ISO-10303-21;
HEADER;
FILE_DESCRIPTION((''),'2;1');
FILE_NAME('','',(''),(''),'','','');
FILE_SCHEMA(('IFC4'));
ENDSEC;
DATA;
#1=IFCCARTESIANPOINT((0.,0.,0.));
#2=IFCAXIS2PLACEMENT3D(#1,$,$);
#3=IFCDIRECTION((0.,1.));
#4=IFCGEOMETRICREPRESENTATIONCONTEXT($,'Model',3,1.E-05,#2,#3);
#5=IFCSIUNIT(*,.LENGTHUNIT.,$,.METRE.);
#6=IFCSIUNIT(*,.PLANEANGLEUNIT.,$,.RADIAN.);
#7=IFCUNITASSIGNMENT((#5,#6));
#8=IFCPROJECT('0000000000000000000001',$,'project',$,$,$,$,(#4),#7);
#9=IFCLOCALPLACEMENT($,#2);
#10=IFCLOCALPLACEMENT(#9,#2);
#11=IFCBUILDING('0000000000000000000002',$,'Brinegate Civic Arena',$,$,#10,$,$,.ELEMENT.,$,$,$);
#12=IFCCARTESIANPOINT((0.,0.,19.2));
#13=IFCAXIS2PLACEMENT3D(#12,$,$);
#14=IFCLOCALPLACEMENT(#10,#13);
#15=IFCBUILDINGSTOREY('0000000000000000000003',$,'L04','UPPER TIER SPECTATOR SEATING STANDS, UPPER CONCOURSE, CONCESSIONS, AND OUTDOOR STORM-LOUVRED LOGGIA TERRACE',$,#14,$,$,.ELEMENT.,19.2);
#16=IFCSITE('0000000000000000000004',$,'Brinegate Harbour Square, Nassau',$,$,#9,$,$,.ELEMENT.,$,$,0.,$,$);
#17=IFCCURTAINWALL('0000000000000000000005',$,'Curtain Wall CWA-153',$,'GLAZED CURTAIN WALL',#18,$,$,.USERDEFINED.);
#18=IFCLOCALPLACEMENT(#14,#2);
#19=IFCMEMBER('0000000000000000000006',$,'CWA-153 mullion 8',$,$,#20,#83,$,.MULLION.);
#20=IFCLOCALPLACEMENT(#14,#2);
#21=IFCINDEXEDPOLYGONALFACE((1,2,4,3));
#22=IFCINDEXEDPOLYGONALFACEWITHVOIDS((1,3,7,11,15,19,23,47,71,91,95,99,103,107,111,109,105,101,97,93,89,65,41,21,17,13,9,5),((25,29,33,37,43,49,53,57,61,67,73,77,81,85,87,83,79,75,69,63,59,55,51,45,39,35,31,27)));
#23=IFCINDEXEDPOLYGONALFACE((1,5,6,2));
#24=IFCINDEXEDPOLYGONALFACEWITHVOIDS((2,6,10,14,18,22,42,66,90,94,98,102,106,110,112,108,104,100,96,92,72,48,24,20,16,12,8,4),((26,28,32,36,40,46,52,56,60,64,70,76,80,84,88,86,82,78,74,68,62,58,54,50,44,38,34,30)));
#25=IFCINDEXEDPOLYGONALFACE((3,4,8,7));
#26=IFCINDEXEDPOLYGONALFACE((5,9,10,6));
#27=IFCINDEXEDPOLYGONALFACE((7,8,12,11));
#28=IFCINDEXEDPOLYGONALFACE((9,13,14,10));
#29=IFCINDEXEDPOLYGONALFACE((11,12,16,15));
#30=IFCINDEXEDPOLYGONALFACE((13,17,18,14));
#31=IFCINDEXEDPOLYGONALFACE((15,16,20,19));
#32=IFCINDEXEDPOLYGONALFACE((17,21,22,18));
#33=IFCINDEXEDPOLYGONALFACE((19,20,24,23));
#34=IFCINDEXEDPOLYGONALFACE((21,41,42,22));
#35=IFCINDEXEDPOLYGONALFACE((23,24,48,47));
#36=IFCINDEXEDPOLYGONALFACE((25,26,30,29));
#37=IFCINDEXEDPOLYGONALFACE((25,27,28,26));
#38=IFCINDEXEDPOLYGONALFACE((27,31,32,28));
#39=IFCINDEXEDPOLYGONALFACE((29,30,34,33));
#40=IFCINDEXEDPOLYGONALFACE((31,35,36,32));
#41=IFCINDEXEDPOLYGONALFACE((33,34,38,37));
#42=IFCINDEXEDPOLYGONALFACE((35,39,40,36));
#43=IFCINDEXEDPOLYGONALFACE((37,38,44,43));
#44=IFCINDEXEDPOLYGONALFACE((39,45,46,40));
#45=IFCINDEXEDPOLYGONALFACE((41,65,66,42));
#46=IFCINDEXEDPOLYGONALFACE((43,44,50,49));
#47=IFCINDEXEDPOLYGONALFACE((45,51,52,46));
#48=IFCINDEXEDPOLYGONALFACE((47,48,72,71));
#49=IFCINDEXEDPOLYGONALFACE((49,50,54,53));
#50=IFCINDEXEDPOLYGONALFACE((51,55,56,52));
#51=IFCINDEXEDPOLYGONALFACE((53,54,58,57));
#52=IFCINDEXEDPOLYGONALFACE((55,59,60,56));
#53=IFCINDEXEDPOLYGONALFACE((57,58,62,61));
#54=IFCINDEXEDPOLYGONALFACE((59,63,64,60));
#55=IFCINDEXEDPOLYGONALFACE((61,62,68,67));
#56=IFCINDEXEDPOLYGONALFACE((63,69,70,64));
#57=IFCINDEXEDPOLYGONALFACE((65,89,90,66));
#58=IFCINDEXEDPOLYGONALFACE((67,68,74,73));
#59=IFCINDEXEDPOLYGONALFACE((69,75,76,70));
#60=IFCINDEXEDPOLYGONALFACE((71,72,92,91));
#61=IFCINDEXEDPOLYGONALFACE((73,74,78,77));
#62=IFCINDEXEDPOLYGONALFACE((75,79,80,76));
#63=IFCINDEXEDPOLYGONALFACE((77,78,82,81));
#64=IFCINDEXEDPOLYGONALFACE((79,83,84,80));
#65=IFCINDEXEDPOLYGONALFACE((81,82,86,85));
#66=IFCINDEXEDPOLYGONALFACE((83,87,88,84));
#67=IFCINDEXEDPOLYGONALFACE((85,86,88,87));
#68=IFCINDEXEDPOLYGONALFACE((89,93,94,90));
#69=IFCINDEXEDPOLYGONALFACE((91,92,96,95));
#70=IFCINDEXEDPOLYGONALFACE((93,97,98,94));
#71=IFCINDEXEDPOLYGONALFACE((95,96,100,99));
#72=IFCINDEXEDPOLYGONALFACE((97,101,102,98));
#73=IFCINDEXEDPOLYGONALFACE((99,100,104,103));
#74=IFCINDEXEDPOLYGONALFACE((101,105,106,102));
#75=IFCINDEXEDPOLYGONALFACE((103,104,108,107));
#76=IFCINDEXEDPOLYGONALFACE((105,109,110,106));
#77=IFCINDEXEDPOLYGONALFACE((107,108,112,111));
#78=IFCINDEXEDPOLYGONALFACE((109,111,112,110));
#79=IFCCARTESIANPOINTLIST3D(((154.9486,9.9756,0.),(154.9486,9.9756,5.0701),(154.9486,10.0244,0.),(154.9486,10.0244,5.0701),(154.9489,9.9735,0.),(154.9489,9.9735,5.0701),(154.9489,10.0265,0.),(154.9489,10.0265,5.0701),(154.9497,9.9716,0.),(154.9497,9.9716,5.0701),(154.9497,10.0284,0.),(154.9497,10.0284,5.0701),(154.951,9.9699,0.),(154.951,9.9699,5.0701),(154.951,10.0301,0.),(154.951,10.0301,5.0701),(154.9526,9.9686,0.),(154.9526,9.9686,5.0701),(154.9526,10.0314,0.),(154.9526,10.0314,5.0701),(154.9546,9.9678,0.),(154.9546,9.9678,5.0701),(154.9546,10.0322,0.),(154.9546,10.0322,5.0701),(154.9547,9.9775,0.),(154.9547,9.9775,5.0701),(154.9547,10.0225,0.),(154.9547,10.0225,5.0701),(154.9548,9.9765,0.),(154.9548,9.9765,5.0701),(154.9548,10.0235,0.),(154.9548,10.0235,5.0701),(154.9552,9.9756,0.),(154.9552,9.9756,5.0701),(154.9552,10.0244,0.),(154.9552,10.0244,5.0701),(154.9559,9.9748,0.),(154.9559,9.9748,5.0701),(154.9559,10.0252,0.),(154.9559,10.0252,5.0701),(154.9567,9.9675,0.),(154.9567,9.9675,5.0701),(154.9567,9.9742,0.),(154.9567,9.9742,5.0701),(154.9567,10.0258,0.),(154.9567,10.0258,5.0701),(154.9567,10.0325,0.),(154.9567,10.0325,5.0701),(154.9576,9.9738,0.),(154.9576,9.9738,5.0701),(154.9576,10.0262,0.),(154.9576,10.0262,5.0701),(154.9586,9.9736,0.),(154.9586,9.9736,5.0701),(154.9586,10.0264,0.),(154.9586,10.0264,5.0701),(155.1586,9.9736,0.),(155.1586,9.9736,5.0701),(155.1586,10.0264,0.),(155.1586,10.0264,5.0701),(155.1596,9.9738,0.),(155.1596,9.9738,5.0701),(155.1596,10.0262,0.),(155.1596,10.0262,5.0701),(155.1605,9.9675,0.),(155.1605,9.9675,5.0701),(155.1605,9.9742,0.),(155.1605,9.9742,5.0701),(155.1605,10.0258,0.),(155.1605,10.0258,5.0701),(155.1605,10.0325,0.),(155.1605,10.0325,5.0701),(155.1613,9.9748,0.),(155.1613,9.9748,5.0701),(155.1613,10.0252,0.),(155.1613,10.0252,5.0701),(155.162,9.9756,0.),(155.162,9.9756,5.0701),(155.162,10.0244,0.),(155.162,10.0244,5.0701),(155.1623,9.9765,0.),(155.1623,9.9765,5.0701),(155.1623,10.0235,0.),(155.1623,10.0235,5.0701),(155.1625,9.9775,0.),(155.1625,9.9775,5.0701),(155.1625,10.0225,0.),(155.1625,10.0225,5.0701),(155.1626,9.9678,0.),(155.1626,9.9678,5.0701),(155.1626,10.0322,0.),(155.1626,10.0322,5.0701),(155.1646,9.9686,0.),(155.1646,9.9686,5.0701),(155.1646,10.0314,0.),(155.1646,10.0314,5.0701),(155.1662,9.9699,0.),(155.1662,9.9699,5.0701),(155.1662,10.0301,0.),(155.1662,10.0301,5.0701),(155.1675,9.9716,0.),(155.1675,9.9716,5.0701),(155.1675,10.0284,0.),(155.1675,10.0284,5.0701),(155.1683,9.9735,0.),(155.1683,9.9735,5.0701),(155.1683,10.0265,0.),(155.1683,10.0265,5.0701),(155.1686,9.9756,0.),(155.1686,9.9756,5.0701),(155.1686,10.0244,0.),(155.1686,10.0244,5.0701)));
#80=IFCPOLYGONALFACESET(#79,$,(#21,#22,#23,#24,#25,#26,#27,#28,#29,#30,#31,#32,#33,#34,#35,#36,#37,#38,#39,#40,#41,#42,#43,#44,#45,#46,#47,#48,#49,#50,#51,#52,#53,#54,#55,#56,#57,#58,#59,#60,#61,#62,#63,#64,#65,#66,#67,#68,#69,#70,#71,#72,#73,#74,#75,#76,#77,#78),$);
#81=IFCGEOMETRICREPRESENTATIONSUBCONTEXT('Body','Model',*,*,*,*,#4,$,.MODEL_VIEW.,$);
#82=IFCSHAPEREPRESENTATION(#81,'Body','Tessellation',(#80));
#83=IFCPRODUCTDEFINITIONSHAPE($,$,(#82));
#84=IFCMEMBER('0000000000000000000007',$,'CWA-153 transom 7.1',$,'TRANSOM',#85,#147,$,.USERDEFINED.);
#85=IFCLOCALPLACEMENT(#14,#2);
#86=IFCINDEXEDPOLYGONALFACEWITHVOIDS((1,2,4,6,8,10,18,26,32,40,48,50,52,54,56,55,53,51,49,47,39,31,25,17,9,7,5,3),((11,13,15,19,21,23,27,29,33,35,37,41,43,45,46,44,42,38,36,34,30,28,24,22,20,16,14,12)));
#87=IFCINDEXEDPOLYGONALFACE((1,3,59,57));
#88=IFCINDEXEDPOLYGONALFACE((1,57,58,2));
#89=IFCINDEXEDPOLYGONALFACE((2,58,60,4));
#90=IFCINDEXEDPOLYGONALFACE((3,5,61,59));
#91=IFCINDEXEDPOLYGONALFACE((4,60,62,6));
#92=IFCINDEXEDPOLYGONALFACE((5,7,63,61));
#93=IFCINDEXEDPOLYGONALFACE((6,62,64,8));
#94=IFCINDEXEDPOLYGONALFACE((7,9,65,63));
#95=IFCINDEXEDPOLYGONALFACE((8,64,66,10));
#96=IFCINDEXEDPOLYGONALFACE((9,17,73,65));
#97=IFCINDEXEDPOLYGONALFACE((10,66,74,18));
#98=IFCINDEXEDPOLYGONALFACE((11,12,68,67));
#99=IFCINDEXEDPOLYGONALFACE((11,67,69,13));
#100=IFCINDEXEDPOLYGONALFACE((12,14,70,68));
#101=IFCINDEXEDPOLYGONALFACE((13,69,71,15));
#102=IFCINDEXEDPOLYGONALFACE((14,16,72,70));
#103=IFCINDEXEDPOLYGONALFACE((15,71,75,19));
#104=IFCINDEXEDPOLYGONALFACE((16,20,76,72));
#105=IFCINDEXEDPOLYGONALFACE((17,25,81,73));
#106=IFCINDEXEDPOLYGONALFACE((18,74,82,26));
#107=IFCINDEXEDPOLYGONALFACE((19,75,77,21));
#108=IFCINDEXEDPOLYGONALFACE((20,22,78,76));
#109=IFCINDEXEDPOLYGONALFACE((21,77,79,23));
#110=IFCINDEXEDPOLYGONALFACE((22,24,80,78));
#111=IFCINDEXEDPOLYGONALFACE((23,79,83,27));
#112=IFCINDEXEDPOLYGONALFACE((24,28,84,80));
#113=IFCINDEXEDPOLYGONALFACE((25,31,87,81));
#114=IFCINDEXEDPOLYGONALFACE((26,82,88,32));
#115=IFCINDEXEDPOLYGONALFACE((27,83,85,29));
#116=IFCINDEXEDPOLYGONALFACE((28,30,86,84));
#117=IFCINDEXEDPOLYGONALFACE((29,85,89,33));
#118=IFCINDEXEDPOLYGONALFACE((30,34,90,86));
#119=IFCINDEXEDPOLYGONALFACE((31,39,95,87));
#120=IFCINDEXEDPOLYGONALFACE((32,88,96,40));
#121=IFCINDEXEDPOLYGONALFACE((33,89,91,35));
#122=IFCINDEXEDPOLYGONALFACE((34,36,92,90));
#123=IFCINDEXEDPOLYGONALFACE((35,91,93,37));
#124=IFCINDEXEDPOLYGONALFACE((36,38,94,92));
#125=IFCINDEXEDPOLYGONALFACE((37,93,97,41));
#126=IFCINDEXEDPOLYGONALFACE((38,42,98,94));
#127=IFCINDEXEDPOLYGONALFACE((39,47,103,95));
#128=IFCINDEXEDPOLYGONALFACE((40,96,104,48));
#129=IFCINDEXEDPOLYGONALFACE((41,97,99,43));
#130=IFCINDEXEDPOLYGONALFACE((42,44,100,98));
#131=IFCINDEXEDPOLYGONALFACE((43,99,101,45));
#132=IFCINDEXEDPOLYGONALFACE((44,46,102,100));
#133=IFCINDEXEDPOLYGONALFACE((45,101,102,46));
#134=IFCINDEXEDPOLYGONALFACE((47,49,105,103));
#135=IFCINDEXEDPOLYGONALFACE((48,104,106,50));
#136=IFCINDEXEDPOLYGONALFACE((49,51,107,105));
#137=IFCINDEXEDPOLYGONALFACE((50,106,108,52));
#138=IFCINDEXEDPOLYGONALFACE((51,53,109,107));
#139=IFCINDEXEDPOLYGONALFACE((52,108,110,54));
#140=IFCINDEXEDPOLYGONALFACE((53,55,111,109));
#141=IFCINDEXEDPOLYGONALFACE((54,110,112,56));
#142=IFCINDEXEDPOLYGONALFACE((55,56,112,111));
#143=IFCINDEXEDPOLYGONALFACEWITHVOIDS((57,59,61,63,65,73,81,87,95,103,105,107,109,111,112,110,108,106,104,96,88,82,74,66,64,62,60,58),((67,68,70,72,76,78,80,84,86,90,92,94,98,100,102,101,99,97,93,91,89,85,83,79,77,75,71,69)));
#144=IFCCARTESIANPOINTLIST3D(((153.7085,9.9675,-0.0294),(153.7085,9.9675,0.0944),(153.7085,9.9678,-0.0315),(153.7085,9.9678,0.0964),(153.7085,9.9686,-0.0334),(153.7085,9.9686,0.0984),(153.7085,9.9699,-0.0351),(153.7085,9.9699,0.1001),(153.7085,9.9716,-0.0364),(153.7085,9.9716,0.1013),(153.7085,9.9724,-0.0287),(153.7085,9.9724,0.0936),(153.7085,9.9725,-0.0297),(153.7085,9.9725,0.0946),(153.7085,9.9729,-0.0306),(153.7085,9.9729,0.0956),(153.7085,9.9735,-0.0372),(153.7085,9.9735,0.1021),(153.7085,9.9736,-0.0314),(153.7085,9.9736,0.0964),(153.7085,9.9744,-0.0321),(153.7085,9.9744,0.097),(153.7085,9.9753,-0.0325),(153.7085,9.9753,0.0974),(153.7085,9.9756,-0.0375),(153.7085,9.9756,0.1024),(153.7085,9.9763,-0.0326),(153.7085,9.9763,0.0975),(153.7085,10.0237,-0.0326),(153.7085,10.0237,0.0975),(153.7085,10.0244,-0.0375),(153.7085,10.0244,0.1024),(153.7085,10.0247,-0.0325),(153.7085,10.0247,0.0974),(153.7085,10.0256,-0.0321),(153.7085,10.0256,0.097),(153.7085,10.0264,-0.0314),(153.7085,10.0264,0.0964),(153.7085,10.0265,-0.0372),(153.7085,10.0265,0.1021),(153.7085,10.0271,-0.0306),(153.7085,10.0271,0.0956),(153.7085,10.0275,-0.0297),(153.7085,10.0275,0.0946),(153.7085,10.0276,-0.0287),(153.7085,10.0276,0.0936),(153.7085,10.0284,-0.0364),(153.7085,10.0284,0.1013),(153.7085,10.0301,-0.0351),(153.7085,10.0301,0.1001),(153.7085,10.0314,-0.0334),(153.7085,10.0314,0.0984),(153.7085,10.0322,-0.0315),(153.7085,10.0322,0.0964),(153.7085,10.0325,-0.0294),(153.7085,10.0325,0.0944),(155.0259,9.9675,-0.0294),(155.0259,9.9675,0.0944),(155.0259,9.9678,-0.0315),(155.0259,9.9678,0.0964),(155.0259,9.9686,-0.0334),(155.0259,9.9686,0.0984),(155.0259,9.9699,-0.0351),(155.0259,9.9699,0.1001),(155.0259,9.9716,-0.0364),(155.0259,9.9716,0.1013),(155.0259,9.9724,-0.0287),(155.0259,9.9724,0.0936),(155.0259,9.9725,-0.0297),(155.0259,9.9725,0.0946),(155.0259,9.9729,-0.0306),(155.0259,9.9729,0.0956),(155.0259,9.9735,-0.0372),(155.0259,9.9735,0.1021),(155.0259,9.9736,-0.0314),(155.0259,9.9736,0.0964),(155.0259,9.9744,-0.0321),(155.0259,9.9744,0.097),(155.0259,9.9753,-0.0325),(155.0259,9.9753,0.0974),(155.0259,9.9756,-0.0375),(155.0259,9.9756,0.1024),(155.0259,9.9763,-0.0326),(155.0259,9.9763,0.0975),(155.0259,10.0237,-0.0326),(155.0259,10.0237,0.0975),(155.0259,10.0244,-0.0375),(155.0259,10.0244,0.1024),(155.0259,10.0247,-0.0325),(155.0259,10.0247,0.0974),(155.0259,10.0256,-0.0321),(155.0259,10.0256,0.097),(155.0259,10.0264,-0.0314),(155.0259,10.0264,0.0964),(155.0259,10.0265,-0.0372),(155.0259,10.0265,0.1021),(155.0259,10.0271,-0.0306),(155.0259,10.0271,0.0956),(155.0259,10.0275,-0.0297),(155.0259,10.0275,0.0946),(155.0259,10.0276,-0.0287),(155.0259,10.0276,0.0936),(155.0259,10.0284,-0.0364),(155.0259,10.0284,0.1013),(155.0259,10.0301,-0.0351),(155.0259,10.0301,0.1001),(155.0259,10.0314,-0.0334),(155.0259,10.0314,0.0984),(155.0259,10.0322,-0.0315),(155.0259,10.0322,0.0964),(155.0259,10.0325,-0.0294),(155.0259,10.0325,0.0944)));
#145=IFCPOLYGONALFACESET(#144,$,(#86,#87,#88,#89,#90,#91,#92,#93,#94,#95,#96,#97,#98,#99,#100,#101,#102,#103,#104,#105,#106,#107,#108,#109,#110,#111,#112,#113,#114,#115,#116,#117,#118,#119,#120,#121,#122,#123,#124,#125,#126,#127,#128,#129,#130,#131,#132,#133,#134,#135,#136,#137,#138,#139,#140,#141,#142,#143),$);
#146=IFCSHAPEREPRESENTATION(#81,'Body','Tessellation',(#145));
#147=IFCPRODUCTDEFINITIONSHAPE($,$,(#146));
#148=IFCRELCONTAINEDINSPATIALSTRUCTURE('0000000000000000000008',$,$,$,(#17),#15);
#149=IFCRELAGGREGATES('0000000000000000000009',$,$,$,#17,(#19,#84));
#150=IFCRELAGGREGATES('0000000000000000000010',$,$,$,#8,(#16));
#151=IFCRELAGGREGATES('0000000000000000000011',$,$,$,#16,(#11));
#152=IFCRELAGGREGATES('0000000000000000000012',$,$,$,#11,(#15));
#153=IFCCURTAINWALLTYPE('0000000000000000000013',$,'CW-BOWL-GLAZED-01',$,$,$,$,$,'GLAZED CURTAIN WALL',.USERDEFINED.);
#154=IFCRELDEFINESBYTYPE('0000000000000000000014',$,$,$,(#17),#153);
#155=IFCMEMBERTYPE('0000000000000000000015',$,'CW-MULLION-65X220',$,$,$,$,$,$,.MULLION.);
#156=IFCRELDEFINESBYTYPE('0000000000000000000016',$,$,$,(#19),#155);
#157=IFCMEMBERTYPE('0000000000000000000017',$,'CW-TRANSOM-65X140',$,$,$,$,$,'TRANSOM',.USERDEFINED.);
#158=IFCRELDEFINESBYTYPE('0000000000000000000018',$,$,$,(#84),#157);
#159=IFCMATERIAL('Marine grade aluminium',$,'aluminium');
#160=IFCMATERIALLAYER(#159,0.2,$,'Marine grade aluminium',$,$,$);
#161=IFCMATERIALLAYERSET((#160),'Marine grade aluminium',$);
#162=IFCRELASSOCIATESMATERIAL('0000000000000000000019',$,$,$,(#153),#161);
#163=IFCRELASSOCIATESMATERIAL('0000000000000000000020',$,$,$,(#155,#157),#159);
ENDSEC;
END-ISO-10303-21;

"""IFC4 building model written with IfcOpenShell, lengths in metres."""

from ifc_helpers import new_model, si_unit, direction, frame, origin, origin_2d, place, context, subcontext, project, spatial, hollow_rectangle, extrude, material, layer, layer_set, material_profile, profile_set, type_object, element, aggregate, save


model = new_model("IFC4")

# Units and contexts
model_context = context("Model", 3, precision=1e-05, world=origin(), true_north=direction((0.0, 1.0)))
body_context = subcontext(model_context, "Body", "Model", "MODEL_VIEW")
ifc_project = project(units=[si_unit("LENGTHUNIT", "METRE"), si_unit("PLANEANGLEUNIT", "RADIAN")], contexts=[model_context])

# Site, building, storey
site_placement = place(None, origin())
site = spatial("IfcSite", under=ifc_project, at=site_placement, Name="Brinegate Harbour Square, Nassau", CompositionType="ELEMENT", RefElevation=0.0)
building_placement = place(site_placement, origin())
building = spatial("IfcBuilding", under=site, at=building_placement, Name="Brinegate Civic Arena", CompositionType="ELEMENT")
storey_placement = place(building_placement, frame((0.0, 0.0, 19.2)))
storey = spatial("IfcBuildingStorey", under=building, at=storey_placement, Name="L04", Description="UPPER TIER SPECTATOR SEATING STANDS, UPPER CONCOURSE, CONCESSIONS, AND OUTDOOR STORM-LOUVRED LOGGIA TERRACE", CompositionType="ELEMENT", Elevation=19.2)

# Shared definitions
ifc_material_1 = material(Name="Marine grade aluminium", Category="aluminium")
ifc_layer_1 = layer(ifc_material_1, 0.2, Name="Marine grade aluminium")
ifc_layer_set_1 = layer_set([ifc_layer_1], Name="Marine grade aluminium")
curtain_wall_type = type_object("IfcCurtainWallType", Name="CW-BOWL-GLAZED-01", ElementType="GLAZED CURTAIN WALL", PredefinedType="USERDEFINED", material=ifc_layer_set_1)

# Curtain wall, members
curtain_wall_1_placement = place(storey_placement, origin())
curtain_wall_1 = element("IfcCurtainWall", 1, at=curtain_wall_1_placement, inside=storey, type_object=curtain_wall_type, Name="Curtain Wall CWA-153", ObjectType="GLAZED CURTAIN WALL", PredefinedType="USERDEFINED")
ifc_material_profile_1 = material_profile(ifc_material_1, hollow_rectangle(XDim=0.0649, YDim=0.22, WallThickness=0.0061, InnerFilletRadius=0.0039, OuterFilletRadius=0.0081, at=origin_2d()), Name="MUL65X220")
ifc_profile_set_1 = profile_set([ifc_material_profile_1], Name="Marine grade aluminium")
member_type_1 = type_object("IfcMemberType", Name="CW-MULLION-65X220", PredefinedType="MULLION", material=ifc_profile_set_1)
member_1_placement = place(storey_placement, frame((155.0586, 10.0, 0.0), z_axis=(0.0, 0.0, 1.0), x_axis=(0.0, 1.0, 0.0)))
member_1 = element("IfcMember", 2, at=member_1_placement, type_object=member_type_1, Name="CWA-153 mullion 8", PredefinedType="MULLION", context=body_context, shape_type="SweptSolid", body=[
    extrude(hollow_rectangle(XDim=0.0649, YDim=0.22, WallThickness=0.0061, InnerFilletRadius=0.0039, OuterFilletRadius=0.0081, at=origin_2d()), origin(), (0.0, 0.0, 1.0), 5.0701),
])
ifc_material_profile_2 = material_profile(ifc_material_1, hollow_rectangle(XDim=0.0649, YDim=0.1399, WallThickness=0.0049, InnerFilletRadius=0.0039, OuterFilletRadius=0.0081, at=origin_2d()), Name="TRN65X140")
ifc_profile_set_2 = profile_set([ifc_material_profile_2], Name="Marine grade aluminium")
member_type_2 = type_object("IfcMemberType", Name="CW-TRANSOM-65X140", ElementType="TRANSOM", PredefinedType="USERDEFINED", material=ifc_profile_set_2)
member_2_placement = place(storey_placement, frame((153.7085, 10.0, 0.0325), z_axis=(1.0, 0.0, 0.0), x_axis=(0.0, 1.0, 0.0)))
member_2 = element("IfcMember", 3, at=member_2_placement, type_object=member_type_2, Name="CWA-153 transom 7.1", ObjectType="TRANSOM", PredefinedType="USERDEFINED", context=body_context, shape_type="SweptSolid", body=[
    extrude(hollow_rectangle(XDim=0.0649, YDim=0.1399, WallThickness=0.0049, InnerFilletRadius=0.0039, OuterFilletRadius=0.0081, at=origin_2d()), origin(), (0.0, 0.0, 1.0), 1.3174),
])

aggregate(curtain_wall_1, [member_1, member_2])

save(model, "model.ifc")
